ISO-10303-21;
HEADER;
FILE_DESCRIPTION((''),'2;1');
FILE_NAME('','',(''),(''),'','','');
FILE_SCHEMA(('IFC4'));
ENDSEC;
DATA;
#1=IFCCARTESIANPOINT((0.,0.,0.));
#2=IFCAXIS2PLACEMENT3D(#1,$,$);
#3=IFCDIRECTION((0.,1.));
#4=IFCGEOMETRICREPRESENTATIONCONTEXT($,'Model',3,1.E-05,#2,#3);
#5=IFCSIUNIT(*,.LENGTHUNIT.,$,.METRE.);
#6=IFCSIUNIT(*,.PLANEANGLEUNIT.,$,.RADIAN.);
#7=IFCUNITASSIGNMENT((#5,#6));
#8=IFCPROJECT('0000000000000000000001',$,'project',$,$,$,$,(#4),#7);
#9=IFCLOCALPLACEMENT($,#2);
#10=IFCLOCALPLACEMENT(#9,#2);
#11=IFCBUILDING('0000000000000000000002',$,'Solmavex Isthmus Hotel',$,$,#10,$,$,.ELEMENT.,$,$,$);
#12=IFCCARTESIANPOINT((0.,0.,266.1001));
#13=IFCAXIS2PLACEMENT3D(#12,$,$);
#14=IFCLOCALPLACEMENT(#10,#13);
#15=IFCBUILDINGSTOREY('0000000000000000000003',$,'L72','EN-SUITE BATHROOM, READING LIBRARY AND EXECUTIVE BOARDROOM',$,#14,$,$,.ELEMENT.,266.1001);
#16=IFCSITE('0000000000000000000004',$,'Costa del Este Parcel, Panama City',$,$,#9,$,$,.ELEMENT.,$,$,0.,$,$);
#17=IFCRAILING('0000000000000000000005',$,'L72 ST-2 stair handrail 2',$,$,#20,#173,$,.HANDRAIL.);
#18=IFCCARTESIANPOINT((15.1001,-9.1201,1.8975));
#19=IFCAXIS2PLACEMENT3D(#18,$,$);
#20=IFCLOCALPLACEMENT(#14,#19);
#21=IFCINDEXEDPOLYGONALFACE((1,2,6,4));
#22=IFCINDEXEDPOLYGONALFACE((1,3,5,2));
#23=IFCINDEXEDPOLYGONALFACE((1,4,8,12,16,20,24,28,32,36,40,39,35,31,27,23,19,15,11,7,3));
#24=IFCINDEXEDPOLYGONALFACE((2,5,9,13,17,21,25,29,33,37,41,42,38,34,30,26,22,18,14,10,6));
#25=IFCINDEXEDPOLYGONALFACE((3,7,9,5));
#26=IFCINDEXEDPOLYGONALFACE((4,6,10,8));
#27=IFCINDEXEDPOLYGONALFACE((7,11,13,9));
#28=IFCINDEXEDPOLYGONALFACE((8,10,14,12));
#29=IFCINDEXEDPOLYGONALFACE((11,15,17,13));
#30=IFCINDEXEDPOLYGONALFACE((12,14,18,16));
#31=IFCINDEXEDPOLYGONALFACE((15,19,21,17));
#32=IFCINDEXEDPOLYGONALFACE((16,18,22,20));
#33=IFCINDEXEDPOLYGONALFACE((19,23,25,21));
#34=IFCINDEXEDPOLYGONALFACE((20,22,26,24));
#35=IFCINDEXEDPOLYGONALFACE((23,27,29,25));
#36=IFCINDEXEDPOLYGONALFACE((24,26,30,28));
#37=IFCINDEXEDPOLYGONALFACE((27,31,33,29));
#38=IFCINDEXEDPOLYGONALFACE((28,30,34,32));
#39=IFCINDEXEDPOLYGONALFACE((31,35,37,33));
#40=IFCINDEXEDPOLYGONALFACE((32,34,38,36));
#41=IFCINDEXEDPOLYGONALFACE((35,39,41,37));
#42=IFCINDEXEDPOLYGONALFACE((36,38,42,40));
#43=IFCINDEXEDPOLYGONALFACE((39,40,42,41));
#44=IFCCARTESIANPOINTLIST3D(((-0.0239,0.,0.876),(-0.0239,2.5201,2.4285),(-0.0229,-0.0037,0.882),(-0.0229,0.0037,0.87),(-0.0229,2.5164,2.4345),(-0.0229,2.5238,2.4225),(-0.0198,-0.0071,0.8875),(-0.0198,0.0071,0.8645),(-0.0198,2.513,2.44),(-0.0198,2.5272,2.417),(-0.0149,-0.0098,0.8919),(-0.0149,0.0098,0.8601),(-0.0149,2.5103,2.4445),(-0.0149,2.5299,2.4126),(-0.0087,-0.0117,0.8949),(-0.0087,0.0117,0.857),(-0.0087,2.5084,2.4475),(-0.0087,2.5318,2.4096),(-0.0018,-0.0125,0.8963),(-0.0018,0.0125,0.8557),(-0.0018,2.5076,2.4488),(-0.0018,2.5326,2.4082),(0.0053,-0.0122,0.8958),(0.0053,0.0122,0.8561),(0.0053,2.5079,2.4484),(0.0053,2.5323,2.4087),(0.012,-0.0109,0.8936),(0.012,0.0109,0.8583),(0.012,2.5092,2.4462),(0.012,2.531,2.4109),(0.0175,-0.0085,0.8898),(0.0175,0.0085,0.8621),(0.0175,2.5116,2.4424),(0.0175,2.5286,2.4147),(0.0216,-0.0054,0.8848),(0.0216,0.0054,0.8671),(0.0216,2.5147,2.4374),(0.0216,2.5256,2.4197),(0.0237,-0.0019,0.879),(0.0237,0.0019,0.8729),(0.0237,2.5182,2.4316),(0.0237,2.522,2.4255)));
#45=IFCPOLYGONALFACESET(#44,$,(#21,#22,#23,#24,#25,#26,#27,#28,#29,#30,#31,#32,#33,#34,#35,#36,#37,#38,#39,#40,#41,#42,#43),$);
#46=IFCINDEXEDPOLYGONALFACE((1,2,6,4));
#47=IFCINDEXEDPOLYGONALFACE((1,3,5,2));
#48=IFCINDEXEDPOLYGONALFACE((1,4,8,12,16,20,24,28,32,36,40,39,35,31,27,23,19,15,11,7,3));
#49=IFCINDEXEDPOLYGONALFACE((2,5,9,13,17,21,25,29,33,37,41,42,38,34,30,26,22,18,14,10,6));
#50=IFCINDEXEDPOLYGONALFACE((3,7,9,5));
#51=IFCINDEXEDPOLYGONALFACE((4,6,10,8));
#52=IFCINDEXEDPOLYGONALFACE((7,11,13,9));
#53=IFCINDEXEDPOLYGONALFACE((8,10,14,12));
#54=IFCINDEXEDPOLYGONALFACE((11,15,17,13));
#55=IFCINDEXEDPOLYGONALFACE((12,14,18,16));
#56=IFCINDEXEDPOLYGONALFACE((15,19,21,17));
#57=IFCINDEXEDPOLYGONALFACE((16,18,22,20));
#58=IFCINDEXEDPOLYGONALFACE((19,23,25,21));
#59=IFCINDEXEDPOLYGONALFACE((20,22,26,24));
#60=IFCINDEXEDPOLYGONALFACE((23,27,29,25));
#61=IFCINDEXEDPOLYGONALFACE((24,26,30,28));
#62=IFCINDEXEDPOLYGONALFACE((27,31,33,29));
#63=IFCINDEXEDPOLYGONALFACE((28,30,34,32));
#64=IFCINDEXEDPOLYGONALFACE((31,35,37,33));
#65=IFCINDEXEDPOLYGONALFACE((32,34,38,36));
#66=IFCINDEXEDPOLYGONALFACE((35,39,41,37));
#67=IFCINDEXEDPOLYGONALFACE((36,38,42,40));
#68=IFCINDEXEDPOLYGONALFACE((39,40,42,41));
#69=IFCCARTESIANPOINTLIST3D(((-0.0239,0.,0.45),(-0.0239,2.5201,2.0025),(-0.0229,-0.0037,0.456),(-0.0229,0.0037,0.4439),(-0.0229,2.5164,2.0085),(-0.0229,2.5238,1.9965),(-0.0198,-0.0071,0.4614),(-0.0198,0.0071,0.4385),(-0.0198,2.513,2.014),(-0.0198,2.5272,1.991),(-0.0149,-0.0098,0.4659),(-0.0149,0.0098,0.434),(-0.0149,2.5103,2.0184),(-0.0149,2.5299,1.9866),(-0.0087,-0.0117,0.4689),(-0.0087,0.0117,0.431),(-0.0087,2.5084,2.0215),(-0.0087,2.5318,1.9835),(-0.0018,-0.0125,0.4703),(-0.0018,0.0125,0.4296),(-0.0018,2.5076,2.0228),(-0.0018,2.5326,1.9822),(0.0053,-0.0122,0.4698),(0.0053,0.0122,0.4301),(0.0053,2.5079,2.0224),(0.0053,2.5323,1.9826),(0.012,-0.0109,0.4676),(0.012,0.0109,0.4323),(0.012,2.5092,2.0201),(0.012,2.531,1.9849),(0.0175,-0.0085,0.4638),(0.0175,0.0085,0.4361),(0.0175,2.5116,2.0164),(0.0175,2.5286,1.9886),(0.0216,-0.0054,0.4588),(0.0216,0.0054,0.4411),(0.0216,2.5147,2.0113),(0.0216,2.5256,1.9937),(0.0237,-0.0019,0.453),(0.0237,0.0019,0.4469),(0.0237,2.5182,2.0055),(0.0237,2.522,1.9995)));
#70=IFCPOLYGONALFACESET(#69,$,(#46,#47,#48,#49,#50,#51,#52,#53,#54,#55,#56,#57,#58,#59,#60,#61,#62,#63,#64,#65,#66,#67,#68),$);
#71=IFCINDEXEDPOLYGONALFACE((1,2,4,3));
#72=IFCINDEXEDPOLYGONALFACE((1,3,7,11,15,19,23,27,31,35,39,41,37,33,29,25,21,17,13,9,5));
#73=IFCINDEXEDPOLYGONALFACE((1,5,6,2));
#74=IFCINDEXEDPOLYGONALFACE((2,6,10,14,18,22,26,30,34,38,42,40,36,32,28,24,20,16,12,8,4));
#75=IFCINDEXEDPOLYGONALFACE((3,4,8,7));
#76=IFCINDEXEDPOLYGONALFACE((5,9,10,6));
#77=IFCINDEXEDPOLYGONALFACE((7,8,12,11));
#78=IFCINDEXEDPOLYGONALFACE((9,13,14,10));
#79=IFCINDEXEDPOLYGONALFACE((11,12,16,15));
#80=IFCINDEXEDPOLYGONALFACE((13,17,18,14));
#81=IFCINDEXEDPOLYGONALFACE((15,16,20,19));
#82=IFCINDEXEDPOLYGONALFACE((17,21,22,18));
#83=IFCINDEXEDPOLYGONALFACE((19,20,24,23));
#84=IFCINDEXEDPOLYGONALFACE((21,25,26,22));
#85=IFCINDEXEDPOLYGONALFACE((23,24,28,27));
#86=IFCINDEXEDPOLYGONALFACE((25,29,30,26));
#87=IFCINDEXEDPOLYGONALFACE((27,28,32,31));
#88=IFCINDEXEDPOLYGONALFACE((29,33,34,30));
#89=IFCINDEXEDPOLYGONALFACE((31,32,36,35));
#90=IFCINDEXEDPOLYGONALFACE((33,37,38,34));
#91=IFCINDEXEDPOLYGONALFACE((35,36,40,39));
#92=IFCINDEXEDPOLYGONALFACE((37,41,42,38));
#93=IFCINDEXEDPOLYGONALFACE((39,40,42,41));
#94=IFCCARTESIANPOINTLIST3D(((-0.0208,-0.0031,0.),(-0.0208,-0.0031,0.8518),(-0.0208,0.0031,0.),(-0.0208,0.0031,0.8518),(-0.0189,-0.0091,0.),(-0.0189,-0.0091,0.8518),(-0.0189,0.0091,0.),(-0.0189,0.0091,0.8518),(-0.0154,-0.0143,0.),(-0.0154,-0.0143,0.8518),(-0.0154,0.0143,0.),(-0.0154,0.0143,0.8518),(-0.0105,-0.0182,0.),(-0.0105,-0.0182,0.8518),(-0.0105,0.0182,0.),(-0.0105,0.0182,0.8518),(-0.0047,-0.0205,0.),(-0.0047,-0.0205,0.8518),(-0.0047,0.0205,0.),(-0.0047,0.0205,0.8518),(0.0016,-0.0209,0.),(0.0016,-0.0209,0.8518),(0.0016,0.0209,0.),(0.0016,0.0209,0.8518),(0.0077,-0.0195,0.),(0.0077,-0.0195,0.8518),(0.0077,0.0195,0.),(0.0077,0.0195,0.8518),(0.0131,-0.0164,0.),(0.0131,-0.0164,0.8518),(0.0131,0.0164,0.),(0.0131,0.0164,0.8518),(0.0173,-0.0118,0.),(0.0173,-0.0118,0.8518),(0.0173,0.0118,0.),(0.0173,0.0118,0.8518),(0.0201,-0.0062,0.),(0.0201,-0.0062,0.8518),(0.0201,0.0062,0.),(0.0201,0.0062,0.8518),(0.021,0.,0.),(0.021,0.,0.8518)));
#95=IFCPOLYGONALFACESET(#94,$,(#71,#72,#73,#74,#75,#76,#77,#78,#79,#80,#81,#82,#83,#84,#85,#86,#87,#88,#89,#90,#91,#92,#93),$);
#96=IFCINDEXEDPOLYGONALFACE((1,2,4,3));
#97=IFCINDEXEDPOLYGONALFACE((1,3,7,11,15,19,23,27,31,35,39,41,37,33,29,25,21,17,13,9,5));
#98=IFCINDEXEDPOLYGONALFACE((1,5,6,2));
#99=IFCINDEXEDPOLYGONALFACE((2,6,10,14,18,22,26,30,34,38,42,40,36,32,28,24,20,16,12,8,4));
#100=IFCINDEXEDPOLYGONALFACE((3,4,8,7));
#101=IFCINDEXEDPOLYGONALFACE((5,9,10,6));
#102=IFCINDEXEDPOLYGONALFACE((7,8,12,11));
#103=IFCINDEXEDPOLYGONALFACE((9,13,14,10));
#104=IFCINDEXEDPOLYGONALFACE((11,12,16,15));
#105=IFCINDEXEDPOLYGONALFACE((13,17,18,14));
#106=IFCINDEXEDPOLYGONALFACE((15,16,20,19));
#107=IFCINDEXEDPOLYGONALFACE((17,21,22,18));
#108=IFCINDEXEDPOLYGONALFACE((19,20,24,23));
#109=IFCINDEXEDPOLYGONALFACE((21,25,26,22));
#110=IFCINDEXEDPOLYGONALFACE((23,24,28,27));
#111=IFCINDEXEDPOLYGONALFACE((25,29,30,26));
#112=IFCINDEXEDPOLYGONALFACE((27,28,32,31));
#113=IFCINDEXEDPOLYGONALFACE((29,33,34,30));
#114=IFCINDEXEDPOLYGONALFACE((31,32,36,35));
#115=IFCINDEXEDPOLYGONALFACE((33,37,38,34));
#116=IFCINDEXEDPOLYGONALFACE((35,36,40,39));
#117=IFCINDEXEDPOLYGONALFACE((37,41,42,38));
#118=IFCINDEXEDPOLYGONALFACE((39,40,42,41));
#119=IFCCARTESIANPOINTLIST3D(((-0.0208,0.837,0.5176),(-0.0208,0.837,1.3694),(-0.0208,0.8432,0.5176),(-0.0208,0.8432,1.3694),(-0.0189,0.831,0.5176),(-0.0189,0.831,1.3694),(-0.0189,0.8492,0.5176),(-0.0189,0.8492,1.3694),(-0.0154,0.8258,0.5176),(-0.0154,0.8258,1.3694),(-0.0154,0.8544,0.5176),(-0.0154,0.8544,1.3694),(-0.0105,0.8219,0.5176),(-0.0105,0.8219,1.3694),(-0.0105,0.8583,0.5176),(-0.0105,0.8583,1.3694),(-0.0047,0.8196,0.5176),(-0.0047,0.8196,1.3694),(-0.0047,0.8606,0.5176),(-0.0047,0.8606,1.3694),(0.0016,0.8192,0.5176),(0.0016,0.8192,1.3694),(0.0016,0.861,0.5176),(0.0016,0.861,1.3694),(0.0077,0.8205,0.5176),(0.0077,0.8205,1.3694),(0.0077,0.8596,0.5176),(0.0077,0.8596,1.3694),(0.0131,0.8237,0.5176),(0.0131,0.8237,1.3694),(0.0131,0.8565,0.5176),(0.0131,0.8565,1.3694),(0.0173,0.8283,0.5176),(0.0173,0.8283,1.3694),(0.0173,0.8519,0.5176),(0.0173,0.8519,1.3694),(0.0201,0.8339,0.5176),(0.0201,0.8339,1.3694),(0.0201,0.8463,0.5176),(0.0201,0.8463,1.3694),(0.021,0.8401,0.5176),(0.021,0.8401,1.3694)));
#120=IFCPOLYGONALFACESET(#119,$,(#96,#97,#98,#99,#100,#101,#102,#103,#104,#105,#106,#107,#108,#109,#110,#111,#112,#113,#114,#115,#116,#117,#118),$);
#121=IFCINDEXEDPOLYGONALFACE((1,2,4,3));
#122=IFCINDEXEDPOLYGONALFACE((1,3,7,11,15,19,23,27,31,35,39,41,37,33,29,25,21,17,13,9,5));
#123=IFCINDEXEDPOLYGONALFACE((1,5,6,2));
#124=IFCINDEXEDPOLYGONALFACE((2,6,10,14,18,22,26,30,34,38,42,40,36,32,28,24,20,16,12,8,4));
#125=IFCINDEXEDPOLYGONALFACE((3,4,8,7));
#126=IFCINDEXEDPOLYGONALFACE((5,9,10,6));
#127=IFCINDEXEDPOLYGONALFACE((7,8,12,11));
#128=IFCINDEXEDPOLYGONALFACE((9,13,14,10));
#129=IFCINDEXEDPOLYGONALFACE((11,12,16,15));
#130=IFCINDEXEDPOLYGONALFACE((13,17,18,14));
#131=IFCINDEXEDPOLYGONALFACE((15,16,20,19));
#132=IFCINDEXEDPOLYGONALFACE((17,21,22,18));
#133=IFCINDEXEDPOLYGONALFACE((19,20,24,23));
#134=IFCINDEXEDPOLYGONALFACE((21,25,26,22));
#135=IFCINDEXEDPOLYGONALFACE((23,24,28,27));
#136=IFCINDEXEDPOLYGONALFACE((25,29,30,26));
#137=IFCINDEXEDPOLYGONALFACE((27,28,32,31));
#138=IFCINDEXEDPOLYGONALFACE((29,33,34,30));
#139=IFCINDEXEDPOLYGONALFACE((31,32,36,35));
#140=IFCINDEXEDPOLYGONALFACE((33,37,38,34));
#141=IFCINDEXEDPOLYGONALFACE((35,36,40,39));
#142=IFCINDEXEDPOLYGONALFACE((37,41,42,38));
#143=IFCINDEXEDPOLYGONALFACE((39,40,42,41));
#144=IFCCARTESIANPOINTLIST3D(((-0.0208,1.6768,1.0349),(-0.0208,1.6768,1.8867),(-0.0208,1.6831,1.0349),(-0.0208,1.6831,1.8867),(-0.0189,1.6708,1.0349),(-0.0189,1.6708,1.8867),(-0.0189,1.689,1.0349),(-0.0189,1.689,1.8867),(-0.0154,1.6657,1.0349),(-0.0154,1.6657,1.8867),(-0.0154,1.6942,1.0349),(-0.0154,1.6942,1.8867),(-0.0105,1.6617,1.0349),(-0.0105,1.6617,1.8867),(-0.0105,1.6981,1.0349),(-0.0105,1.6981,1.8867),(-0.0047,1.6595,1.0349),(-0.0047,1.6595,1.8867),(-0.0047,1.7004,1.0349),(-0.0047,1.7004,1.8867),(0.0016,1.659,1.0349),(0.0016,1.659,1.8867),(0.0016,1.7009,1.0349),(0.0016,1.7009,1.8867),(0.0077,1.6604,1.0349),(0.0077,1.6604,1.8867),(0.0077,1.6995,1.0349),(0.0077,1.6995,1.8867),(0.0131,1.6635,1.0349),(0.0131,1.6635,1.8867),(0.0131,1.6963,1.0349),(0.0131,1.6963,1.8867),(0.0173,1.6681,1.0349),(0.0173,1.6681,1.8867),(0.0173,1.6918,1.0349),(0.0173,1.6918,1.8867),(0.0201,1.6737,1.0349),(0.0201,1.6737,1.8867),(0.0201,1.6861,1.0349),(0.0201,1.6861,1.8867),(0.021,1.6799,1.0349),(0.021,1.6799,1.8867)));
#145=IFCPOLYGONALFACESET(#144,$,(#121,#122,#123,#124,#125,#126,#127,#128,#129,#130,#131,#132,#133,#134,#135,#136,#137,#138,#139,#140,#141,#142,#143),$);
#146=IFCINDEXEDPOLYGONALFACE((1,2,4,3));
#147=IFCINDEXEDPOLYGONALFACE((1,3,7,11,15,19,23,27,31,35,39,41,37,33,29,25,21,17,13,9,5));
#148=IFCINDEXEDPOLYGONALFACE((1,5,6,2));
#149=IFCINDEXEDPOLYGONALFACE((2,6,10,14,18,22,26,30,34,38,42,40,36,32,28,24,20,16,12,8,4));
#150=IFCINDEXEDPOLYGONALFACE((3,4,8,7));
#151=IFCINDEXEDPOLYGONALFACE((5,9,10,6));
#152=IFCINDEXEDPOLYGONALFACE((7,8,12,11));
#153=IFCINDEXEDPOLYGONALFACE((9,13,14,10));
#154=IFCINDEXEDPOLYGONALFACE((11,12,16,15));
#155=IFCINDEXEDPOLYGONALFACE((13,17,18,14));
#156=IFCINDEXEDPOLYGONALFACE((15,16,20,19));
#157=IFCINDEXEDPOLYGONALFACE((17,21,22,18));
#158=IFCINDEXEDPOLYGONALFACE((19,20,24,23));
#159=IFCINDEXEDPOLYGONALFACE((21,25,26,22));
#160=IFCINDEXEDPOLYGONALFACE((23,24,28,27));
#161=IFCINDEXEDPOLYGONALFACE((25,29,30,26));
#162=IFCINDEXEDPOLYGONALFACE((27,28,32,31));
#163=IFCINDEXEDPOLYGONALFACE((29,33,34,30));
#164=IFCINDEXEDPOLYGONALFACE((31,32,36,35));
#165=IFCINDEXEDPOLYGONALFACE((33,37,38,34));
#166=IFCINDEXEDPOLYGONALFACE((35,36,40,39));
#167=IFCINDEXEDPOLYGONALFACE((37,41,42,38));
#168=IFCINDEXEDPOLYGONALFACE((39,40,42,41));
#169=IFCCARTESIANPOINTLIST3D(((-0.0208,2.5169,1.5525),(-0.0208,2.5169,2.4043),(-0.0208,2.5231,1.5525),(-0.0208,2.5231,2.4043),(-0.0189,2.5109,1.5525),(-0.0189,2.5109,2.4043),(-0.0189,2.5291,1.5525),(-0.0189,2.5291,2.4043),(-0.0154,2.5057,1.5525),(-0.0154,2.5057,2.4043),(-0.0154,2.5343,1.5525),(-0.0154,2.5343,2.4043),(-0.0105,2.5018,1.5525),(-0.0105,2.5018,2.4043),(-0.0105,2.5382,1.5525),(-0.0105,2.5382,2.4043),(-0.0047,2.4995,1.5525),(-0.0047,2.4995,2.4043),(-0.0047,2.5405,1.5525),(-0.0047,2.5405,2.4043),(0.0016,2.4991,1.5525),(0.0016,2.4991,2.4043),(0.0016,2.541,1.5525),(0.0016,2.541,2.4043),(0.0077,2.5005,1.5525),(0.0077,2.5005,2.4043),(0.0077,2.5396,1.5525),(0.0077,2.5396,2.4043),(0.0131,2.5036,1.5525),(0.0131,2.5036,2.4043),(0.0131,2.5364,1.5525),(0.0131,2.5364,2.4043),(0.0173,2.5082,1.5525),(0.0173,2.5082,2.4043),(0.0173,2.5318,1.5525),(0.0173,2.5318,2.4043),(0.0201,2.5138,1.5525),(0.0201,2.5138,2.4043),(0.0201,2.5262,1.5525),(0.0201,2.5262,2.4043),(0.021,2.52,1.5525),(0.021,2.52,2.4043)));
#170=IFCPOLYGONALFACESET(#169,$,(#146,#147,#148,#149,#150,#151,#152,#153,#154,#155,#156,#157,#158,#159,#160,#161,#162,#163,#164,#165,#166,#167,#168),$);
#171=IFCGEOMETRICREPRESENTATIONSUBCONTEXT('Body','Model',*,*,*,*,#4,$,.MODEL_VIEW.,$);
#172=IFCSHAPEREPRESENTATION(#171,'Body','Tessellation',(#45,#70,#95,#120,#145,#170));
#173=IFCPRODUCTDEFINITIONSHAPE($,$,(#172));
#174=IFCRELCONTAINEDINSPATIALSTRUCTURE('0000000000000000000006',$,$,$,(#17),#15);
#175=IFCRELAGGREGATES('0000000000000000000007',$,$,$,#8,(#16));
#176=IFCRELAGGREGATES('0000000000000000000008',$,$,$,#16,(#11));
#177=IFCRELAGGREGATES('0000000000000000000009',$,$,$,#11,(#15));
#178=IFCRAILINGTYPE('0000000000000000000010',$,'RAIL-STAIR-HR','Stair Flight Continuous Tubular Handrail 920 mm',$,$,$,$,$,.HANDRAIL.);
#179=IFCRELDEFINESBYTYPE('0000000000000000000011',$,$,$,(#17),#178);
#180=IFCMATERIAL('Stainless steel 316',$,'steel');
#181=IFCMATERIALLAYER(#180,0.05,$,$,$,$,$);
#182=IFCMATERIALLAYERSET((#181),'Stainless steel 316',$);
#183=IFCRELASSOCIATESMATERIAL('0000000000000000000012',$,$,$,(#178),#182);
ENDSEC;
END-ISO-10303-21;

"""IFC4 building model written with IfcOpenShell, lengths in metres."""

from ifc_helpers import new_model, si_unit, direction, frame, origin, origin_2d, place, context, subcontext, project, spatial, circle, extrude, material, layer, layer_set, type_object, element, save


model = new_model("IFC4")

# Units and contexts
model_context = context("Model", 3, precision=1e-05, world=origin(), true_north=direction((0.0, 1.0)))
body_context = subcontext(model_context, "Body", "Model", "MODEL_VIEW")
ifc_project = project(units=[si_unit("LENGTHUNIT", "METRE"), si_unit("PLANEANGLEUNIT", "RADIAN")], contexts=[model_context])

# Site, building, storey
site_placement = place(None, origin())
site = spatial("IfcSite", under=ifc_project, at=site_placement, Name="Costa del Este Parcel, Panama City", CompositionType="ELEMENT", RefElevation=0.0)
building_placement = place(site_placement, origin())
building = spatial("IfcBuilding", under=site, at=building_placement, Name="Solmavex Isthmus Hotel", CompositionType="ELEMENT")
storey_placement = place(building_placement, frame((0.0, 0.0, 266.1001)))
storey = spatial("IfcBuildingStorey", under=building, at=storey_placement, Name="L72", Description="EN-SUITE BATHROOM, READING LIBRARY AND EXECUTIVE BOARDROOM", CompositionType="ELEMENT", Elevation=266.1001)

# Railing
ifc_material_1 = material(Name="Stainless steel 316", Category="steel")
ifc_layer_1 = layer(ifc_material_1, 0.05)
ifc_layer_set_1 = layer_set([ifc_layer_1], Name="Stainless steel 316")
railing_type = type_object("IfcRailingType", Name="RAIL-STAIR-HR", Description="Stair Flight Continuous Tubular Handrail 920 mm", PredefinedType="HANDRAIL", material=ifc_layer_set_1)
railing_placement = place(storey_placement, frame((15.1001, -9.1201, 1.8975)))
element("IfcRailing", 1, at=railing_placement, inside=storey, type_object=railing_type, Name="L72 ST-2 stair handrail 2", PredefinedType="HANDRAIL", context=body_context, shape_type="SweptSolid", body=[
    extrude(circle(Radius=0.0239, at=origin_2d()), frame((0.0, 0.0, 0.876), z_axis=(0.0, 0.8514, 0.524516), x_axis=(-1.0, 0.0, 0.0)), (0.0, 0.0, 1.0), 2.96),
    extrude(circle(Radius=0.0239, at=origin_2d()), frame((0.0, 0.0, 0.45), z_axis=(0.0, 0.8514, 0.524516), x_axis=(-1.0, 0.0, 0.0)), (0.0, 0.0, 1.0), 2.96),
    extrude(circle(Radius=0.021, at=origin_2d()), origin(), (0.0, 0.0, 1.0), 0.8518),
    extrude(circle(Radius=0.021, at=origin_2d()), frame((0.0, 0.8401, 0.5176)), (0.0, 0.0, 1.0), 0.8518),
    extrude(circle(Radius=0.021, at=origin_2d()), frame((0.0, 1.6799, 1.0349)), (0.0, 0.0, 1.0), 0.8518),
    extrude(circle(Radius=0.021, at=origin_2d()), frame((0.0, 2.52, 1.5525)), (0.0, 0.0, 1.0), 0.8518),
])

save(model, "model.ifc")
